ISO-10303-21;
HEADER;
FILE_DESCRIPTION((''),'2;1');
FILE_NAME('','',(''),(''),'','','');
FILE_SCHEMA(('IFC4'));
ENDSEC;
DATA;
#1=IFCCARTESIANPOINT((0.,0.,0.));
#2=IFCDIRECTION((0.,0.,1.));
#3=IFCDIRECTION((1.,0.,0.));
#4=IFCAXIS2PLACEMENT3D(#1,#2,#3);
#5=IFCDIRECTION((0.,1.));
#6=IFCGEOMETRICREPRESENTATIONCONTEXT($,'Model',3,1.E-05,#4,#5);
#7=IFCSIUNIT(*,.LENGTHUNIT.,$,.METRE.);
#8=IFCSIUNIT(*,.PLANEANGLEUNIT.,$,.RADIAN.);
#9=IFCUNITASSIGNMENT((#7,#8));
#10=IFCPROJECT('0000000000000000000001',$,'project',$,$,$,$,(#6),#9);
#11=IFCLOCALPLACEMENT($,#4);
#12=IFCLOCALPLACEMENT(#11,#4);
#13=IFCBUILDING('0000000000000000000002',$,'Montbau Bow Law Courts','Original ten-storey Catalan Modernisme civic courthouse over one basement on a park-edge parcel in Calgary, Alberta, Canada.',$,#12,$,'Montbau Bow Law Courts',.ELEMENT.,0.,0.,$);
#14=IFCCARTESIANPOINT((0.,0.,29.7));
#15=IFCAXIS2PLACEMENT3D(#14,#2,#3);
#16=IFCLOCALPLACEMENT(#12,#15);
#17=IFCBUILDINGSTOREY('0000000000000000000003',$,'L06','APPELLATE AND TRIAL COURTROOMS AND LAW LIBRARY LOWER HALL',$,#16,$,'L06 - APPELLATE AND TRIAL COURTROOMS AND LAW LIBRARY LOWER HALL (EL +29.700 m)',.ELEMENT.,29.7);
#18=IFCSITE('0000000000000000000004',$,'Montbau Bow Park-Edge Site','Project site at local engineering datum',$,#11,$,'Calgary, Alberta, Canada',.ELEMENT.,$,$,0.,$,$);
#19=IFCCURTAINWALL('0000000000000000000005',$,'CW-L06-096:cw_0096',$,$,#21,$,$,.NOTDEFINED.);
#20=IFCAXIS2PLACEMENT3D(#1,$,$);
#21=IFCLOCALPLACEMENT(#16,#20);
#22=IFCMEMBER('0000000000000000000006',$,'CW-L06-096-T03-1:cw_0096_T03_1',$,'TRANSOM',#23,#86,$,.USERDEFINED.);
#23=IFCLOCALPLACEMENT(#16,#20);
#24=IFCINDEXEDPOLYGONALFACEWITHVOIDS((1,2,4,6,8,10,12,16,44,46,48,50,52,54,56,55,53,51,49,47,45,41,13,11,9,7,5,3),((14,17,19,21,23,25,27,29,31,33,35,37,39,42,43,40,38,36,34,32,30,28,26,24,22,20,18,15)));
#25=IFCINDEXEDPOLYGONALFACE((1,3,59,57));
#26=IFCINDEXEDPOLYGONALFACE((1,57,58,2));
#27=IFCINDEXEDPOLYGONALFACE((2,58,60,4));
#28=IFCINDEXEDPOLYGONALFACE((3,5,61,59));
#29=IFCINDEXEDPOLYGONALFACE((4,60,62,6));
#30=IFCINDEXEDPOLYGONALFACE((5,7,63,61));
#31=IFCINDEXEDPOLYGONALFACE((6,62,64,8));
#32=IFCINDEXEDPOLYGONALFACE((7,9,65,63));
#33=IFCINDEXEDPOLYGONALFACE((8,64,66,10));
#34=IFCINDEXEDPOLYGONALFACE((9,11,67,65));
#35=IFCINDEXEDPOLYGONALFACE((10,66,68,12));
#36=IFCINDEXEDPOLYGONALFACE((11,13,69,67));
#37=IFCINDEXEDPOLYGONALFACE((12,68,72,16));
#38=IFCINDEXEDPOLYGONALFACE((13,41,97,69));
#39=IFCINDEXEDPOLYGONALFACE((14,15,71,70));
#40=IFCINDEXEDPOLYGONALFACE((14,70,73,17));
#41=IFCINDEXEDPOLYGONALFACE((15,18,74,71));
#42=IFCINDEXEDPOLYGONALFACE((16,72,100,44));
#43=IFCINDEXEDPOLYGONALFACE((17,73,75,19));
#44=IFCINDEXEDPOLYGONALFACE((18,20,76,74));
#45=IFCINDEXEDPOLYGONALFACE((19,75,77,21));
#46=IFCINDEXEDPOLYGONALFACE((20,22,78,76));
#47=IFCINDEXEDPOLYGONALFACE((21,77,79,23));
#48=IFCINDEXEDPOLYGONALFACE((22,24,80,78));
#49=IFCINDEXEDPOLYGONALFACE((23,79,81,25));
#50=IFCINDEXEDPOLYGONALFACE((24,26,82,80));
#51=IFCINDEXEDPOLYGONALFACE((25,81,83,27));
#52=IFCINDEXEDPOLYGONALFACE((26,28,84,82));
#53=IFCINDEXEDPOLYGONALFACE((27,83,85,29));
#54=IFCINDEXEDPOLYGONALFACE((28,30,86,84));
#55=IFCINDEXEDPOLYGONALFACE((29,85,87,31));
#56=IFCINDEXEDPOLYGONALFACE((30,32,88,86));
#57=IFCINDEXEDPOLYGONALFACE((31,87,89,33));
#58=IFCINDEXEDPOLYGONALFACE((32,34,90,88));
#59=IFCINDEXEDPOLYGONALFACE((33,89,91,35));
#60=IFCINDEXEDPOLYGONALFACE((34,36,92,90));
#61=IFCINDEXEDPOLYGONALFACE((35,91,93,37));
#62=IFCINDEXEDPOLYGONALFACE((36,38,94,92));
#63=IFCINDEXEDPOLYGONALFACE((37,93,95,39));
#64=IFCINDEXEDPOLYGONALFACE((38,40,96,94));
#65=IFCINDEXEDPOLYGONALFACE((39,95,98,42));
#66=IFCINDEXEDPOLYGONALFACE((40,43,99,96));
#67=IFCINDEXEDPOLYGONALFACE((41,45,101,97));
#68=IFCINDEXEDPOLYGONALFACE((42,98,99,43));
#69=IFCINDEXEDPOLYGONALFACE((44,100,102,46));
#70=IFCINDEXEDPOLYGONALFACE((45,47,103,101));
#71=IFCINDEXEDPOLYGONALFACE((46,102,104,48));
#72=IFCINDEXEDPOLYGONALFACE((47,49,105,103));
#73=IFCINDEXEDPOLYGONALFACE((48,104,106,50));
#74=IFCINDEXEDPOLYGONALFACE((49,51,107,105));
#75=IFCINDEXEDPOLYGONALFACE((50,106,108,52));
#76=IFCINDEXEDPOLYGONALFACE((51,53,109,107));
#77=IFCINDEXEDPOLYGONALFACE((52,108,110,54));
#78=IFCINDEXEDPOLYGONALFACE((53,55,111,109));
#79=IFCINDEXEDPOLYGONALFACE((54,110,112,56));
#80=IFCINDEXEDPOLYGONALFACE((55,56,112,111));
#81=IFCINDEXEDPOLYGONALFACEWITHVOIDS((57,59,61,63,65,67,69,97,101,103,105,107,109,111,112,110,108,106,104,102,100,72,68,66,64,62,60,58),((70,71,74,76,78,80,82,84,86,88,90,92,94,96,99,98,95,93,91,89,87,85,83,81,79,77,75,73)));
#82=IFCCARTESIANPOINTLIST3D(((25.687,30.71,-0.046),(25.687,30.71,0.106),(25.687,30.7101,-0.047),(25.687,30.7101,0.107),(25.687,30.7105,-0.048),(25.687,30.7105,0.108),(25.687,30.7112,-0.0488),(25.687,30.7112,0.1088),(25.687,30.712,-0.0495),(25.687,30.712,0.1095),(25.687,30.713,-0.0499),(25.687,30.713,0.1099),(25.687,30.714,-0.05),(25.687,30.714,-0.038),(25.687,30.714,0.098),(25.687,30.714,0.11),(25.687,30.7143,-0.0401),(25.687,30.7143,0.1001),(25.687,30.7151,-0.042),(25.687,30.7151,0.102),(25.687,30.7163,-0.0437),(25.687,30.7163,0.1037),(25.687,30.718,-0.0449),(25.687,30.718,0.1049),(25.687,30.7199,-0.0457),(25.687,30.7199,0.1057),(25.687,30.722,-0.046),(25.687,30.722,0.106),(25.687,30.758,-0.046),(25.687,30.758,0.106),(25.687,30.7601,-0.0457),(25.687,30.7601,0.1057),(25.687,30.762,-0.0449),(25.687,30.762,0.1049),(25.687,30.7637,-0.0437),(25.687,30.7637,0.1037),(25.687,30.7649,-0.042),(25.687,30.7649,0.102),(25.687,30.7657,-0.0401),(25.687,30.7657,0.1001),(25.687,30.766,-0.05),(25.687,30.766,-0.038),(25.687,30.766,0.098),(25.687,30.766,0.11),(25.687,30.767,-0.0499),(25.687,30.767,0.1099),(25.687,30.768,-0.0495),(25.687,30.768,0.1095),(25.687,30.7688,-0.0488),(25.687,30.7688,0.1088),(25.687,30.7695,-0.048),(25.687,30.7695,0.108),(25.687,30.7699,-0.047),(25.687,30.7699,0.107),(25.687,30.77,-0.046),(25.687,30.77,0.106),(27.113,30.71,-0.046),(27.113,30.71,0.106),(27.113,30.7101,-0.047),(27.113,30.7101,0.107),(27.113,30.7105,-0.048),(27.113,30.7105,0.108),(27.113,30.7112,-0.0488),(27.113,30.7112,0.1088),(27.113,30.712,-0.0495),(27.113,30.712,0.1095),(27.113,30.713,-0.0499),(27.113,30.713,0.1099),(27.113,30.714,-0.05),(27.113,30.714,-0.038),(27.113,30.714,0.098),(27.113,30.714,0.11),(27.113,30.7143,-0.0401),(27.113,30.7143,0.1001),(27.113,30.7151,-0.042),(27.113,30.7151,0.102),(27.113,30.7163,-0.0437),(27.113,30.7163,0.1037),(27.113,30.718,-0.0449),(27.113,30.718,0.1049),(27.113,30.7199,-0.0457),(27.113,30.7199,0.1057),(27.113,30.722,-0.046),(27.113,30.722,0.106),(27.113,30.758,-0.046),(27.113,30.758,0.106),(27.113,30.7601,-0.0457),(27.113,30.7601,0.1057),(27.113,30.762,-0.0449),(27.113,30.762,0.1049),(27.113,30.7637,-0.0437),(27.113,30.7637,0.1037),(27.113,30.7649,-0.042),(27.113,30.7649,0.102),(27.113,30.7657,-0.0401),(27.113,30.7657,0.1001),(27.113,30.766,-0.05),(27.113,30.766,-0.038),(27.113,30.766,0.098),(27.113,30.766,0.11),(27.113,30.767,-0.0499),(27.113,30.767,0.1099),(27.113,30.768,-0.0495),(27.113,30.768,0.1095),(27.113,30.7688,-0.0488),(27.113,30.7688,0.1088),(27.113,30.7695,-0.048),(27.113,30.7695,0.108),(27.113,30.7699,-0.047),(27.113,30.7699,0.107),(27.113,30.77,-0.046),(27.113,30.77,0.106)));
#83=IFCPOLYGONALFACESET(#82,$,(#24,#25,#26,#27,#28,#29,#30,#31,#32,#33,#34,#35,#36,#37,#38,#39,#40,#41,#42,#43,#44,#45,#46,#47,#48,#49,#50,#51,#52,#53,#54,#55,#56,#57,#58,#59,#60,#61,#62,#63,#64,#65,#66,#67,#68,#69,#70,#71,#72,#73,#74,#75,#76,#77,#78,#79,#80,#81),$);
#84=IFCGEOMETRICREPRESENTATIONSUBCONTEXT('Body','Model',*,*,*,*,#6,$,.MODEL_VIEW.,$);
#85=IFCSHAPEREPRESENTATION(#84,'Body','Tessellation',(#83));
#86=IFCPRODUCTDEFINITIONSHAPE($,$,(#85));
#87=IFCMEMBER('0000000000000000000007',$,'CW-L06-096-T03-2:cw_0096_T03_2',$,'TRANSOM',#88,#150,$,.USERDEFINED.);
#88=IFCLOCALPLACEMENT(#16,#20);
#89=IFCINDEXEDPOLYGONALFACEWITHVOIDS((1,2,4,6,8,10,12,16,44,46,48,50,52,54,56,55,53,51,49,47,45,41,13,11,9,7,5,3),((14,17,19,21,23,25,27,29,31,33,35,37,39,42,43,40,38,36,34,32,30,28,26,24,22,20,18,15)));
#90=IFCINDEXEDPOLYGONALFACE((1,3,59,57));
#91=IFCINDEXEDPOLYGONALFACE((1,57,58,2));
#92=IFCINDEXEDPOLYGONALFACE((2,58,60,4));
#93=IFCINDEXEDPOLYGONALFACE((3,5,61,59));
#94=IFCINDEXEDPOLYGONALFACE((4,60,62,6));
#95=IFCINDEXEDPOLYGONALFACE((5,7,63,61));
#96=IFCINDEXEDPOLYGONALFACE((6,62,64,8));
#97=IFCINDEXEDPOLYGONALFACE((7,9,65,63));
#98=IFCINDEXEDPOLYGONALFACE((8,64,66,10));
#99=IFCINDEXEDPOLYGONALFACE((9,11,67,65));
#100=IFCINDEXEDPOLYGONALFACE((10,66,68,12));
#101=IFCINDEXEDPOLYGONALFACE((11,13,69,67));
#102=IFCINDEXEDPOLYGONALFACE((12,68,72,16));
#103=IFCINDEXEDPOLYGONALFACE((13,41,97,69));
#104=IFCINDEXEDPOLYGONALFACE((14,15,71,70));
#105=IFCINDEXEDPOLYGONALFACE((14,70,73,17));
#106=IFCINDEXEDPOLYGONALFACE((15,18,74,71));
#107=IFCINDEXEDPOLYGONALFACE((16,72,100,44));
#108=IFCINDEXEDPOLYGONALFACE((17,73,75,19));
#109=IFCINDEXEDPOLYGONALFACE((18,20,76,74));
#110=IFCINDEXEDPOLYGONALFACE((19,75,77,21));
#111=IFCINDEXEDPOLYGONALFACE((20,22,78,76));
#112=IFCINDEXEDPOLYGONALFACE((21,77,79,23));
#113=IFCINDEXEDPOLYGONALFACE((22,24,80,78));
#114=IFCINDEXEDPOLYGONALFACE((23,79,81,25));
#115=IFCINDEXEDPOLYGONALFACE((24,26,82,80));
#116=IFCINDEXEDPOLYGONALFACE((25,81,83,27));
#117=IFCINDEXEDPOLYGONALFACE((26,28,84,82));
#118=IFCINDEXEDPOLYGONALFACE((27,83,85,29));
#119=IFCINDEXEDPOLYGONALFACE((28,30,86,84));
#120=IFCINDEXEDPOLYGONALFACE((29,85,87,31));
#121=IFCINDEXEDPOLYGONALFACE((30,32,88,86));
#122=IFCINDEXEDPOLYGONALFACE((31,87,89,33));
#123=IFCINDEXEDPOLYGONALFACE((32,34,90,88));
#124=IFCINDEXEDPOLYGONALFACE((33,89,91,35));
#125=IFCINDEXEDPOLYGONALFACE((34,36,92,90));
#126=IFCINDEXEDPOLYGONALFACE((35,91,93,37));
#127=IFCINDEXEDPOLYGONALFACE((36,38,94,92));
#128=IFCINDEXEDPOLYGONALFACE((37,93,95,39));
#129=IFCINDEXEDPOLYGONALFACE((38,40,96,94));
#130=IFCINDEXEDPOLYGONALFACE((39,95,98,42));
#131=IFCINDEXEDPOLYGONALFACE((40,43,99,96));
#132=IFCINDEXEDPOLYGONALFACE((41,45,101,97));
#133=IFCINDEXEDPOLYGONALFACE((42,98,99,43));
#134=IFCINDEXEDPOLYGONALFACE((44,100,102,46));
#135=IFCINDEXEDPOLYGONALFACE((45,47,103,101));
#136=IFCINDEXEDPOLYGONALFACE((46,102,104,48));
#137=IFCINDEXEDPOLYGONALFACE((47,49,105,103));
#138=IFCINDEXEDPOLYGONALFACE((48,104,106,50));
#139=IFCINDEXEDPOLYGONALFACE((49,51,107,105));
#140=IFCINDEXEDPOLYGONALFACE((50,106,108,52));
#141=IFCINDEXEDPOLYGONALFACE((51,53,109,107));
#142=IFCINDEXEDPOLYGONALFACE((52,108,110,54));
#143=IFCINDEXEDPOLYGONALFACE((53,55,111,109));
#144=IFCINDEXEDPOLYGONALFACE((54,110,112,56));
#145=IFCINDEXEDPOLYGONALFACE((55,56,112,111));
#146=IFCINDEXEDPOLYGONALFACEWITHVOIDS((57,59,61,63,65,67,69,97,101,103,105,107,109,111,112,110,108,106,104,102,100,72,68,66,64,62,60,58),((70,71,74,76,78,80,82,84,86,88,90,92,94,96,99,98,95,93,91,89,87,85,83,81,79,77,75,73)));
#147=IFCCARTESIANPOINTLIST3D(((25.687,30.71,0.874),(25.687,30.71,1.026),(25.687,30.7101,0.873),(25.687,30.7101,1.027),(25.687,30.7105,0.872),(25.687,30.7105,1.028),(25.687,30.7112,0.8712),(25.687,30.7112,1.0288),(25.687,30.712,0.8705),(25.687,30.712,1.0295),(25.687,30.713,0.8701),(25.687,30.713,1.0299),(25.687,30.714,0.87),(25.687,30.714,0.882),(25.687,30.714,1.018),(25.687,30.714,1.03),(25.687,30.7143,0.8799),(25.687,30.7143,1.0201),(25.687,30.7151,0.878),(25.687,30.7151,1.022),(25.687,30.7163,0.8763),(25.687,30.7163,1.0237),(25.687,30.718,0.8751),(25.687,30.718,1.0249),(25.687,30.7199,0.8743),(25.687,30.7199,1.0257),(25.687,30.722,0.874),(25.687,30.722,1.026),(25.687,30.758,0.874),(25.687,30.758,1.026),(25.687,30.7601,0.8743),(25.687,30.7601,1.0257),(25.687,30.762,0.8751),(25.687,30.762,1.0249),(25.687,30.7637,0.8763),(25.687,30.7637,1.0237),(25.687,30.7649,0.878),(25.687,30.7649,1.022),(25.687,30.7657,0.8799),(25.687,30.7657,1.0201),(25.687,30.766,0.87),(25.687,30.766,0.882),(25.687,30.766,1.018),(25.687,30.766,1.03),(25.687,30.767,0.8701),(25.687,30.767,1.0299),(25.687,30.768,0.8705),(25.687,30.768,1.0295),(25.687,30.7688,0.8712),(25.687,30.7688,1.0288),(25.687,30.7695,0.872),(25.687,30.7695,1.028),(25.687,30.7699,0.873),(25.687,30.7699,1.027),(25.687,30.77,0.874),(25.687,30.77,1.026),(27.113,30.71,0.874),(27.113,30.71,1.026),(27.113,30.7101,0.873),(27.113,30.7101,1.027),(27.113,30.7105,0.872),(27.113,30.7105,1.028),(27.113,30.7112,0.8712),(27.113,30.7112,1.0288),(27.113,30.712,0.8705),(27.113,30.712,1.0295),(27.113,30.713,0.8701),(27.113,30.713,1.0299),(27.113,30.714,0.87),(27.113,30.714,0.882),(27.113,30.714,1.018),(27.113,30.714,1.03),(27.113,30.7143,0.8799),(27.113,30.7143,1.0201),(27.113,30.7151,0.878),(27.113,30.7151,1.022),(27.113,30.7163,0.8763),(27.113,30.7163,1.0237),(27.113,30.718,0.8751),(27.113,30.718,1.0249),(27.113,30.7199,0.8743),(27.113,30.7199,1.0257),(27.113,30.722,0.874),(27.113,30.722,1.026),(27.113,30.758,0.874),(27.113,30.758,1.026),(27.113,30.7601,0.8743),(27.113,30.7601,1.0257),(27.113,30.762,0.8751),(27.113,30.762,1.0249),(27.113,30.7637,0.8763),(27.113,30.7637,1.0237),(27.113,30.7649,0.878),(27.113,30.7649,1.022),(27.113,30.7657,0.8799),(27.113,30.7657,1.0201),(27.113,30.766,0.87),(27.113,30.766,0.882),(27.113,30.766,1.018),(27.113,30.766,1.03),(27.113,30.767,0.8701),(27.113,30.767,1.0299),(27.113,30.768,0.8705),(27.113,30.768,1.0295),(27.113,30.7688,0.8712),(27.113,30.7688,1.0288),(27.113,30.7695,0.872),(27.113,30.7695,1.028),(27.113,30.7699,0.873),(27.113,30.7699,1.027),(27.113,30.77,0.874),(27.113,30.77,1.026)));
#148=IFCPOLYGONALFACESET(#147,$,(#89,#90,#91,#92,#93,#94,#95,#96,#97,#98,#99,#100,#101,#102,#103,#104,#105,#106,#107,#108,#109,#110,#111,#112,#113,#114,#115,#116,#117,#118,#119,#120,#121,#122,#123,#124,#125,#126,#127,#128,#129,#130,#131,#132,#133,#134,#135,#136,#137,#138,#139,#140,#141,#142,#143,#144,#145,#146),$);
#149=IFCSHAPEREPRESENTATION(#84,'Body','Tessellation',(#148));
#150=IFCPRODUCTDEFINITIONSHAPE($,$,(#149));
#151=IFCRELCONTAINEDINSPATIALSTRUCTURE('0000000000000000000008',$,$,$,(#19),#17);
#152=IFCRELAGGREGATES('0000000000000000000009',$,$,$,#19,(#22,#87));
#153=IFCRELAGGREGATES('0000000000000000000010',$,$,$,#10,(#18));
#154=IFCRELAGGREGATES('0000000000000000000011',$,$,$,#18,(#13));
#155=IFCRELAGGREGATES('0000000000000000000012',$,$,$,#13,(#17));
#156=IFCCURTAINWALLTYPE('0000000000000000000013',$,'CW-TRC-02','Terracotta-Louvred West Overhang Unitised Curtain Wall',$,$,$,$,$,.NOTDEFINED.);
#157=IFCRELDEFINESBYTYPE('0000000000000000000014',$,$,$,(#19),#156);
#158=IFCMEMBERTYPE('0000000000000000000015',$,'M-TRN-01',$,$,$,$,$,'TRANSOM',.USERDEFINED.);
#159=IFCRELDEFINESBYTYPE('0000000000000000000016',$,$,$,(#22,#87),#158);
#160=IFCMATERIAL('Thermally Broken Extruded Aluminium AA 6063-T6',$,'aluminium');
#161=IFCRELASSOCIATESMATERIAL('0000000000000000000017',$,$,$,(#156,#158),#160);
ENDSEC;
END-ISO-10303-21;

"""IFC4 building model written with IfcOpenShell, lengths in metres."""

from ifc_helpers import new_model, si_unit, direction, frame, origin_with_axes, origin_2d_with_axis, place, context, subcontext, project, spatial, hollow_rectangle, extrude, material, material_profile, profile_set, type_object, element, aggregate, save


model = new_model("IFC4")

# Units and contexts
model_context = context("Model", 3, precision=1e-05, world=origin_with_axes(), true_north=direction((0.0, 1.0)))
body_context = subcontext(model_context, "Body", "Model", "MODEL_VIEW")
ifc_project = project(units=[si_unit("LENGTHUNIT", "METRE"), si_unit("PLANEANGLEUNIT", "RADIAN")], contexts=[model_context])

# Site, building, storey
site_placement = place(None, origin_with_axes())
site = spatial("IfcSite", under=ifc_project, at=site_placement, Name="Montbau Bow Park-Edge Site", Description="Project site at local engineering datum", LongName="Calgary, Alberta, Canada", CompositionType="ELEMENT", RefElevation=0.0)
building_placement = place(site_placement, origin_with_axes())
building = spatial("IfcBuilding", under=site, at=building_placement, Name="Montbau Bow Law Courts", Description="Original ten-storey Catalan Modernisme civic courthouse over one basement on a park-edge parcel in Calgary, Alberta, Canada.", LongName="Montbau Bow Law Courts", CompositionType="ELEMENT", ElevationOfRefHeight=0.0, ElevationOfTerrain=0.0)
storey_placement = place(building_placement, frame((0.0, 0.0, 29.7), z_axis=(0.0, 0.0, 1.0), x_axis=(1.0, 0.0, 0.0)))
storey = spatial("IfcBuildingStorey", under=building, at=storey_placement, Name="L06", Description="APPELLATE AND TRIAL COURTROOMS AND LAW LIBRARY LOWER HALL", LongName="L06 - APPELLATE AND TRIAL COURTROOMS AND LAW LIBRARY LOWER HALL (EL +29.700 m)", CompositionType="ELEMENT", Elevation=29.7)

# Curtain wall, members
ifc_material_1 = material(Name="Thermally Broken Extruded Aluminium AA 6063-T6", Category="aluminium")
curtain_wall_type = type_object("IfcCurtainWallType", Name="CW-TRC-02", Description="Terracotta-Louvred West Overhang Unitised Curtain Wall", PredefinedType="NOTDEFINED", material=ifc_material_1)
curtain_wall_placement = place(None, frame((22.64, 30.74, 29.7), z_axis=(0.0, 0.0, 1.0), x_axis=(1.0, 0.0, 0.0)))
curtain_wall = element("IfcCurtainWall", 1, at=curtain_wall_placement, inside=storey, type_object=curtain_wall_type, Name="CW-L06-096:cw_0096", PredefinedType="NOTDEFINED")
ifc_material_profile_1 = material_profile(ifc_material_1, hollow_rectangle(XDim=0.06, YDim=0.16, WallThickness=0.004, InnerFilletRadius=0.008, OuterFilletRadius=0.004, at=origin_2d_with_axis()), Name="CWT-160X60", Category="Main", Priority=0)
ifc_profile_set_1 = profile_set([ifc_material_profile_1], Name="Thermally Broken Extruded Aluminium AA 6063-T6")
member_type_1 = type_object("IfcMemberType", Name="M-TRN-01", ElementType="TRANSOM", PredefinedType="USERDEFINED", material=ifc_profile_set_1)
member_1_placement = place(None, frame((25.687, 30.74, 29.73), z_axis=(1.0, 0.0, 0.0), x_axis=(0.0, 1.0, 0.0)))
member_1 = element("IfcMember", 2, at=member_1_placement, type_object=member_type_1, Name="CW-L06-096-T03-1:cw_0096_T03_1", ObjectType="TRANSOM", PredefinedType="USERDEFINED", context=body_context, shape_type="SweptSolid", body=[
    extrude(hollow_rectangle(XDim=0.06, YDim=0.16, WallThickness=0.004, InnerFilletRadius=0.008, OuterFilletRadius=0.004, at=origin_2d_with_axis()), origin_with_axes(), (0.0, 0.0, 1.0), 1.426),
])
member_2_placement = place(None, frame((25.687, 30.74, 30.65), z_axis=(1.0, 0.0, 0.0), x_axis=(0.0, 1.0, 0.0)))
member_2 = element("IfcMember", 3, at=member_2_placement, type_object=member_type_1, Name="CW-L06-096-T03-2:cw_0096_T03_2", ObjectType="TRANSOM", PredefinedType="USERDEFINED", context=body_context, shape_type="SweptSolid", body=[
    extrude(hollow_rectangle(XDim=0.06, YDim=0.16, WallThickness=0.004, InnerFilletRadius=0.008, OuterFilletRadius=0.004, at=origin_2d_with_axis()), origin_with_axes(), (0.0, 0.0, 1.0), 1.426),
])
aggregate(curtain_wall, [member_1, member_2])

save(model, "model.ifc")
